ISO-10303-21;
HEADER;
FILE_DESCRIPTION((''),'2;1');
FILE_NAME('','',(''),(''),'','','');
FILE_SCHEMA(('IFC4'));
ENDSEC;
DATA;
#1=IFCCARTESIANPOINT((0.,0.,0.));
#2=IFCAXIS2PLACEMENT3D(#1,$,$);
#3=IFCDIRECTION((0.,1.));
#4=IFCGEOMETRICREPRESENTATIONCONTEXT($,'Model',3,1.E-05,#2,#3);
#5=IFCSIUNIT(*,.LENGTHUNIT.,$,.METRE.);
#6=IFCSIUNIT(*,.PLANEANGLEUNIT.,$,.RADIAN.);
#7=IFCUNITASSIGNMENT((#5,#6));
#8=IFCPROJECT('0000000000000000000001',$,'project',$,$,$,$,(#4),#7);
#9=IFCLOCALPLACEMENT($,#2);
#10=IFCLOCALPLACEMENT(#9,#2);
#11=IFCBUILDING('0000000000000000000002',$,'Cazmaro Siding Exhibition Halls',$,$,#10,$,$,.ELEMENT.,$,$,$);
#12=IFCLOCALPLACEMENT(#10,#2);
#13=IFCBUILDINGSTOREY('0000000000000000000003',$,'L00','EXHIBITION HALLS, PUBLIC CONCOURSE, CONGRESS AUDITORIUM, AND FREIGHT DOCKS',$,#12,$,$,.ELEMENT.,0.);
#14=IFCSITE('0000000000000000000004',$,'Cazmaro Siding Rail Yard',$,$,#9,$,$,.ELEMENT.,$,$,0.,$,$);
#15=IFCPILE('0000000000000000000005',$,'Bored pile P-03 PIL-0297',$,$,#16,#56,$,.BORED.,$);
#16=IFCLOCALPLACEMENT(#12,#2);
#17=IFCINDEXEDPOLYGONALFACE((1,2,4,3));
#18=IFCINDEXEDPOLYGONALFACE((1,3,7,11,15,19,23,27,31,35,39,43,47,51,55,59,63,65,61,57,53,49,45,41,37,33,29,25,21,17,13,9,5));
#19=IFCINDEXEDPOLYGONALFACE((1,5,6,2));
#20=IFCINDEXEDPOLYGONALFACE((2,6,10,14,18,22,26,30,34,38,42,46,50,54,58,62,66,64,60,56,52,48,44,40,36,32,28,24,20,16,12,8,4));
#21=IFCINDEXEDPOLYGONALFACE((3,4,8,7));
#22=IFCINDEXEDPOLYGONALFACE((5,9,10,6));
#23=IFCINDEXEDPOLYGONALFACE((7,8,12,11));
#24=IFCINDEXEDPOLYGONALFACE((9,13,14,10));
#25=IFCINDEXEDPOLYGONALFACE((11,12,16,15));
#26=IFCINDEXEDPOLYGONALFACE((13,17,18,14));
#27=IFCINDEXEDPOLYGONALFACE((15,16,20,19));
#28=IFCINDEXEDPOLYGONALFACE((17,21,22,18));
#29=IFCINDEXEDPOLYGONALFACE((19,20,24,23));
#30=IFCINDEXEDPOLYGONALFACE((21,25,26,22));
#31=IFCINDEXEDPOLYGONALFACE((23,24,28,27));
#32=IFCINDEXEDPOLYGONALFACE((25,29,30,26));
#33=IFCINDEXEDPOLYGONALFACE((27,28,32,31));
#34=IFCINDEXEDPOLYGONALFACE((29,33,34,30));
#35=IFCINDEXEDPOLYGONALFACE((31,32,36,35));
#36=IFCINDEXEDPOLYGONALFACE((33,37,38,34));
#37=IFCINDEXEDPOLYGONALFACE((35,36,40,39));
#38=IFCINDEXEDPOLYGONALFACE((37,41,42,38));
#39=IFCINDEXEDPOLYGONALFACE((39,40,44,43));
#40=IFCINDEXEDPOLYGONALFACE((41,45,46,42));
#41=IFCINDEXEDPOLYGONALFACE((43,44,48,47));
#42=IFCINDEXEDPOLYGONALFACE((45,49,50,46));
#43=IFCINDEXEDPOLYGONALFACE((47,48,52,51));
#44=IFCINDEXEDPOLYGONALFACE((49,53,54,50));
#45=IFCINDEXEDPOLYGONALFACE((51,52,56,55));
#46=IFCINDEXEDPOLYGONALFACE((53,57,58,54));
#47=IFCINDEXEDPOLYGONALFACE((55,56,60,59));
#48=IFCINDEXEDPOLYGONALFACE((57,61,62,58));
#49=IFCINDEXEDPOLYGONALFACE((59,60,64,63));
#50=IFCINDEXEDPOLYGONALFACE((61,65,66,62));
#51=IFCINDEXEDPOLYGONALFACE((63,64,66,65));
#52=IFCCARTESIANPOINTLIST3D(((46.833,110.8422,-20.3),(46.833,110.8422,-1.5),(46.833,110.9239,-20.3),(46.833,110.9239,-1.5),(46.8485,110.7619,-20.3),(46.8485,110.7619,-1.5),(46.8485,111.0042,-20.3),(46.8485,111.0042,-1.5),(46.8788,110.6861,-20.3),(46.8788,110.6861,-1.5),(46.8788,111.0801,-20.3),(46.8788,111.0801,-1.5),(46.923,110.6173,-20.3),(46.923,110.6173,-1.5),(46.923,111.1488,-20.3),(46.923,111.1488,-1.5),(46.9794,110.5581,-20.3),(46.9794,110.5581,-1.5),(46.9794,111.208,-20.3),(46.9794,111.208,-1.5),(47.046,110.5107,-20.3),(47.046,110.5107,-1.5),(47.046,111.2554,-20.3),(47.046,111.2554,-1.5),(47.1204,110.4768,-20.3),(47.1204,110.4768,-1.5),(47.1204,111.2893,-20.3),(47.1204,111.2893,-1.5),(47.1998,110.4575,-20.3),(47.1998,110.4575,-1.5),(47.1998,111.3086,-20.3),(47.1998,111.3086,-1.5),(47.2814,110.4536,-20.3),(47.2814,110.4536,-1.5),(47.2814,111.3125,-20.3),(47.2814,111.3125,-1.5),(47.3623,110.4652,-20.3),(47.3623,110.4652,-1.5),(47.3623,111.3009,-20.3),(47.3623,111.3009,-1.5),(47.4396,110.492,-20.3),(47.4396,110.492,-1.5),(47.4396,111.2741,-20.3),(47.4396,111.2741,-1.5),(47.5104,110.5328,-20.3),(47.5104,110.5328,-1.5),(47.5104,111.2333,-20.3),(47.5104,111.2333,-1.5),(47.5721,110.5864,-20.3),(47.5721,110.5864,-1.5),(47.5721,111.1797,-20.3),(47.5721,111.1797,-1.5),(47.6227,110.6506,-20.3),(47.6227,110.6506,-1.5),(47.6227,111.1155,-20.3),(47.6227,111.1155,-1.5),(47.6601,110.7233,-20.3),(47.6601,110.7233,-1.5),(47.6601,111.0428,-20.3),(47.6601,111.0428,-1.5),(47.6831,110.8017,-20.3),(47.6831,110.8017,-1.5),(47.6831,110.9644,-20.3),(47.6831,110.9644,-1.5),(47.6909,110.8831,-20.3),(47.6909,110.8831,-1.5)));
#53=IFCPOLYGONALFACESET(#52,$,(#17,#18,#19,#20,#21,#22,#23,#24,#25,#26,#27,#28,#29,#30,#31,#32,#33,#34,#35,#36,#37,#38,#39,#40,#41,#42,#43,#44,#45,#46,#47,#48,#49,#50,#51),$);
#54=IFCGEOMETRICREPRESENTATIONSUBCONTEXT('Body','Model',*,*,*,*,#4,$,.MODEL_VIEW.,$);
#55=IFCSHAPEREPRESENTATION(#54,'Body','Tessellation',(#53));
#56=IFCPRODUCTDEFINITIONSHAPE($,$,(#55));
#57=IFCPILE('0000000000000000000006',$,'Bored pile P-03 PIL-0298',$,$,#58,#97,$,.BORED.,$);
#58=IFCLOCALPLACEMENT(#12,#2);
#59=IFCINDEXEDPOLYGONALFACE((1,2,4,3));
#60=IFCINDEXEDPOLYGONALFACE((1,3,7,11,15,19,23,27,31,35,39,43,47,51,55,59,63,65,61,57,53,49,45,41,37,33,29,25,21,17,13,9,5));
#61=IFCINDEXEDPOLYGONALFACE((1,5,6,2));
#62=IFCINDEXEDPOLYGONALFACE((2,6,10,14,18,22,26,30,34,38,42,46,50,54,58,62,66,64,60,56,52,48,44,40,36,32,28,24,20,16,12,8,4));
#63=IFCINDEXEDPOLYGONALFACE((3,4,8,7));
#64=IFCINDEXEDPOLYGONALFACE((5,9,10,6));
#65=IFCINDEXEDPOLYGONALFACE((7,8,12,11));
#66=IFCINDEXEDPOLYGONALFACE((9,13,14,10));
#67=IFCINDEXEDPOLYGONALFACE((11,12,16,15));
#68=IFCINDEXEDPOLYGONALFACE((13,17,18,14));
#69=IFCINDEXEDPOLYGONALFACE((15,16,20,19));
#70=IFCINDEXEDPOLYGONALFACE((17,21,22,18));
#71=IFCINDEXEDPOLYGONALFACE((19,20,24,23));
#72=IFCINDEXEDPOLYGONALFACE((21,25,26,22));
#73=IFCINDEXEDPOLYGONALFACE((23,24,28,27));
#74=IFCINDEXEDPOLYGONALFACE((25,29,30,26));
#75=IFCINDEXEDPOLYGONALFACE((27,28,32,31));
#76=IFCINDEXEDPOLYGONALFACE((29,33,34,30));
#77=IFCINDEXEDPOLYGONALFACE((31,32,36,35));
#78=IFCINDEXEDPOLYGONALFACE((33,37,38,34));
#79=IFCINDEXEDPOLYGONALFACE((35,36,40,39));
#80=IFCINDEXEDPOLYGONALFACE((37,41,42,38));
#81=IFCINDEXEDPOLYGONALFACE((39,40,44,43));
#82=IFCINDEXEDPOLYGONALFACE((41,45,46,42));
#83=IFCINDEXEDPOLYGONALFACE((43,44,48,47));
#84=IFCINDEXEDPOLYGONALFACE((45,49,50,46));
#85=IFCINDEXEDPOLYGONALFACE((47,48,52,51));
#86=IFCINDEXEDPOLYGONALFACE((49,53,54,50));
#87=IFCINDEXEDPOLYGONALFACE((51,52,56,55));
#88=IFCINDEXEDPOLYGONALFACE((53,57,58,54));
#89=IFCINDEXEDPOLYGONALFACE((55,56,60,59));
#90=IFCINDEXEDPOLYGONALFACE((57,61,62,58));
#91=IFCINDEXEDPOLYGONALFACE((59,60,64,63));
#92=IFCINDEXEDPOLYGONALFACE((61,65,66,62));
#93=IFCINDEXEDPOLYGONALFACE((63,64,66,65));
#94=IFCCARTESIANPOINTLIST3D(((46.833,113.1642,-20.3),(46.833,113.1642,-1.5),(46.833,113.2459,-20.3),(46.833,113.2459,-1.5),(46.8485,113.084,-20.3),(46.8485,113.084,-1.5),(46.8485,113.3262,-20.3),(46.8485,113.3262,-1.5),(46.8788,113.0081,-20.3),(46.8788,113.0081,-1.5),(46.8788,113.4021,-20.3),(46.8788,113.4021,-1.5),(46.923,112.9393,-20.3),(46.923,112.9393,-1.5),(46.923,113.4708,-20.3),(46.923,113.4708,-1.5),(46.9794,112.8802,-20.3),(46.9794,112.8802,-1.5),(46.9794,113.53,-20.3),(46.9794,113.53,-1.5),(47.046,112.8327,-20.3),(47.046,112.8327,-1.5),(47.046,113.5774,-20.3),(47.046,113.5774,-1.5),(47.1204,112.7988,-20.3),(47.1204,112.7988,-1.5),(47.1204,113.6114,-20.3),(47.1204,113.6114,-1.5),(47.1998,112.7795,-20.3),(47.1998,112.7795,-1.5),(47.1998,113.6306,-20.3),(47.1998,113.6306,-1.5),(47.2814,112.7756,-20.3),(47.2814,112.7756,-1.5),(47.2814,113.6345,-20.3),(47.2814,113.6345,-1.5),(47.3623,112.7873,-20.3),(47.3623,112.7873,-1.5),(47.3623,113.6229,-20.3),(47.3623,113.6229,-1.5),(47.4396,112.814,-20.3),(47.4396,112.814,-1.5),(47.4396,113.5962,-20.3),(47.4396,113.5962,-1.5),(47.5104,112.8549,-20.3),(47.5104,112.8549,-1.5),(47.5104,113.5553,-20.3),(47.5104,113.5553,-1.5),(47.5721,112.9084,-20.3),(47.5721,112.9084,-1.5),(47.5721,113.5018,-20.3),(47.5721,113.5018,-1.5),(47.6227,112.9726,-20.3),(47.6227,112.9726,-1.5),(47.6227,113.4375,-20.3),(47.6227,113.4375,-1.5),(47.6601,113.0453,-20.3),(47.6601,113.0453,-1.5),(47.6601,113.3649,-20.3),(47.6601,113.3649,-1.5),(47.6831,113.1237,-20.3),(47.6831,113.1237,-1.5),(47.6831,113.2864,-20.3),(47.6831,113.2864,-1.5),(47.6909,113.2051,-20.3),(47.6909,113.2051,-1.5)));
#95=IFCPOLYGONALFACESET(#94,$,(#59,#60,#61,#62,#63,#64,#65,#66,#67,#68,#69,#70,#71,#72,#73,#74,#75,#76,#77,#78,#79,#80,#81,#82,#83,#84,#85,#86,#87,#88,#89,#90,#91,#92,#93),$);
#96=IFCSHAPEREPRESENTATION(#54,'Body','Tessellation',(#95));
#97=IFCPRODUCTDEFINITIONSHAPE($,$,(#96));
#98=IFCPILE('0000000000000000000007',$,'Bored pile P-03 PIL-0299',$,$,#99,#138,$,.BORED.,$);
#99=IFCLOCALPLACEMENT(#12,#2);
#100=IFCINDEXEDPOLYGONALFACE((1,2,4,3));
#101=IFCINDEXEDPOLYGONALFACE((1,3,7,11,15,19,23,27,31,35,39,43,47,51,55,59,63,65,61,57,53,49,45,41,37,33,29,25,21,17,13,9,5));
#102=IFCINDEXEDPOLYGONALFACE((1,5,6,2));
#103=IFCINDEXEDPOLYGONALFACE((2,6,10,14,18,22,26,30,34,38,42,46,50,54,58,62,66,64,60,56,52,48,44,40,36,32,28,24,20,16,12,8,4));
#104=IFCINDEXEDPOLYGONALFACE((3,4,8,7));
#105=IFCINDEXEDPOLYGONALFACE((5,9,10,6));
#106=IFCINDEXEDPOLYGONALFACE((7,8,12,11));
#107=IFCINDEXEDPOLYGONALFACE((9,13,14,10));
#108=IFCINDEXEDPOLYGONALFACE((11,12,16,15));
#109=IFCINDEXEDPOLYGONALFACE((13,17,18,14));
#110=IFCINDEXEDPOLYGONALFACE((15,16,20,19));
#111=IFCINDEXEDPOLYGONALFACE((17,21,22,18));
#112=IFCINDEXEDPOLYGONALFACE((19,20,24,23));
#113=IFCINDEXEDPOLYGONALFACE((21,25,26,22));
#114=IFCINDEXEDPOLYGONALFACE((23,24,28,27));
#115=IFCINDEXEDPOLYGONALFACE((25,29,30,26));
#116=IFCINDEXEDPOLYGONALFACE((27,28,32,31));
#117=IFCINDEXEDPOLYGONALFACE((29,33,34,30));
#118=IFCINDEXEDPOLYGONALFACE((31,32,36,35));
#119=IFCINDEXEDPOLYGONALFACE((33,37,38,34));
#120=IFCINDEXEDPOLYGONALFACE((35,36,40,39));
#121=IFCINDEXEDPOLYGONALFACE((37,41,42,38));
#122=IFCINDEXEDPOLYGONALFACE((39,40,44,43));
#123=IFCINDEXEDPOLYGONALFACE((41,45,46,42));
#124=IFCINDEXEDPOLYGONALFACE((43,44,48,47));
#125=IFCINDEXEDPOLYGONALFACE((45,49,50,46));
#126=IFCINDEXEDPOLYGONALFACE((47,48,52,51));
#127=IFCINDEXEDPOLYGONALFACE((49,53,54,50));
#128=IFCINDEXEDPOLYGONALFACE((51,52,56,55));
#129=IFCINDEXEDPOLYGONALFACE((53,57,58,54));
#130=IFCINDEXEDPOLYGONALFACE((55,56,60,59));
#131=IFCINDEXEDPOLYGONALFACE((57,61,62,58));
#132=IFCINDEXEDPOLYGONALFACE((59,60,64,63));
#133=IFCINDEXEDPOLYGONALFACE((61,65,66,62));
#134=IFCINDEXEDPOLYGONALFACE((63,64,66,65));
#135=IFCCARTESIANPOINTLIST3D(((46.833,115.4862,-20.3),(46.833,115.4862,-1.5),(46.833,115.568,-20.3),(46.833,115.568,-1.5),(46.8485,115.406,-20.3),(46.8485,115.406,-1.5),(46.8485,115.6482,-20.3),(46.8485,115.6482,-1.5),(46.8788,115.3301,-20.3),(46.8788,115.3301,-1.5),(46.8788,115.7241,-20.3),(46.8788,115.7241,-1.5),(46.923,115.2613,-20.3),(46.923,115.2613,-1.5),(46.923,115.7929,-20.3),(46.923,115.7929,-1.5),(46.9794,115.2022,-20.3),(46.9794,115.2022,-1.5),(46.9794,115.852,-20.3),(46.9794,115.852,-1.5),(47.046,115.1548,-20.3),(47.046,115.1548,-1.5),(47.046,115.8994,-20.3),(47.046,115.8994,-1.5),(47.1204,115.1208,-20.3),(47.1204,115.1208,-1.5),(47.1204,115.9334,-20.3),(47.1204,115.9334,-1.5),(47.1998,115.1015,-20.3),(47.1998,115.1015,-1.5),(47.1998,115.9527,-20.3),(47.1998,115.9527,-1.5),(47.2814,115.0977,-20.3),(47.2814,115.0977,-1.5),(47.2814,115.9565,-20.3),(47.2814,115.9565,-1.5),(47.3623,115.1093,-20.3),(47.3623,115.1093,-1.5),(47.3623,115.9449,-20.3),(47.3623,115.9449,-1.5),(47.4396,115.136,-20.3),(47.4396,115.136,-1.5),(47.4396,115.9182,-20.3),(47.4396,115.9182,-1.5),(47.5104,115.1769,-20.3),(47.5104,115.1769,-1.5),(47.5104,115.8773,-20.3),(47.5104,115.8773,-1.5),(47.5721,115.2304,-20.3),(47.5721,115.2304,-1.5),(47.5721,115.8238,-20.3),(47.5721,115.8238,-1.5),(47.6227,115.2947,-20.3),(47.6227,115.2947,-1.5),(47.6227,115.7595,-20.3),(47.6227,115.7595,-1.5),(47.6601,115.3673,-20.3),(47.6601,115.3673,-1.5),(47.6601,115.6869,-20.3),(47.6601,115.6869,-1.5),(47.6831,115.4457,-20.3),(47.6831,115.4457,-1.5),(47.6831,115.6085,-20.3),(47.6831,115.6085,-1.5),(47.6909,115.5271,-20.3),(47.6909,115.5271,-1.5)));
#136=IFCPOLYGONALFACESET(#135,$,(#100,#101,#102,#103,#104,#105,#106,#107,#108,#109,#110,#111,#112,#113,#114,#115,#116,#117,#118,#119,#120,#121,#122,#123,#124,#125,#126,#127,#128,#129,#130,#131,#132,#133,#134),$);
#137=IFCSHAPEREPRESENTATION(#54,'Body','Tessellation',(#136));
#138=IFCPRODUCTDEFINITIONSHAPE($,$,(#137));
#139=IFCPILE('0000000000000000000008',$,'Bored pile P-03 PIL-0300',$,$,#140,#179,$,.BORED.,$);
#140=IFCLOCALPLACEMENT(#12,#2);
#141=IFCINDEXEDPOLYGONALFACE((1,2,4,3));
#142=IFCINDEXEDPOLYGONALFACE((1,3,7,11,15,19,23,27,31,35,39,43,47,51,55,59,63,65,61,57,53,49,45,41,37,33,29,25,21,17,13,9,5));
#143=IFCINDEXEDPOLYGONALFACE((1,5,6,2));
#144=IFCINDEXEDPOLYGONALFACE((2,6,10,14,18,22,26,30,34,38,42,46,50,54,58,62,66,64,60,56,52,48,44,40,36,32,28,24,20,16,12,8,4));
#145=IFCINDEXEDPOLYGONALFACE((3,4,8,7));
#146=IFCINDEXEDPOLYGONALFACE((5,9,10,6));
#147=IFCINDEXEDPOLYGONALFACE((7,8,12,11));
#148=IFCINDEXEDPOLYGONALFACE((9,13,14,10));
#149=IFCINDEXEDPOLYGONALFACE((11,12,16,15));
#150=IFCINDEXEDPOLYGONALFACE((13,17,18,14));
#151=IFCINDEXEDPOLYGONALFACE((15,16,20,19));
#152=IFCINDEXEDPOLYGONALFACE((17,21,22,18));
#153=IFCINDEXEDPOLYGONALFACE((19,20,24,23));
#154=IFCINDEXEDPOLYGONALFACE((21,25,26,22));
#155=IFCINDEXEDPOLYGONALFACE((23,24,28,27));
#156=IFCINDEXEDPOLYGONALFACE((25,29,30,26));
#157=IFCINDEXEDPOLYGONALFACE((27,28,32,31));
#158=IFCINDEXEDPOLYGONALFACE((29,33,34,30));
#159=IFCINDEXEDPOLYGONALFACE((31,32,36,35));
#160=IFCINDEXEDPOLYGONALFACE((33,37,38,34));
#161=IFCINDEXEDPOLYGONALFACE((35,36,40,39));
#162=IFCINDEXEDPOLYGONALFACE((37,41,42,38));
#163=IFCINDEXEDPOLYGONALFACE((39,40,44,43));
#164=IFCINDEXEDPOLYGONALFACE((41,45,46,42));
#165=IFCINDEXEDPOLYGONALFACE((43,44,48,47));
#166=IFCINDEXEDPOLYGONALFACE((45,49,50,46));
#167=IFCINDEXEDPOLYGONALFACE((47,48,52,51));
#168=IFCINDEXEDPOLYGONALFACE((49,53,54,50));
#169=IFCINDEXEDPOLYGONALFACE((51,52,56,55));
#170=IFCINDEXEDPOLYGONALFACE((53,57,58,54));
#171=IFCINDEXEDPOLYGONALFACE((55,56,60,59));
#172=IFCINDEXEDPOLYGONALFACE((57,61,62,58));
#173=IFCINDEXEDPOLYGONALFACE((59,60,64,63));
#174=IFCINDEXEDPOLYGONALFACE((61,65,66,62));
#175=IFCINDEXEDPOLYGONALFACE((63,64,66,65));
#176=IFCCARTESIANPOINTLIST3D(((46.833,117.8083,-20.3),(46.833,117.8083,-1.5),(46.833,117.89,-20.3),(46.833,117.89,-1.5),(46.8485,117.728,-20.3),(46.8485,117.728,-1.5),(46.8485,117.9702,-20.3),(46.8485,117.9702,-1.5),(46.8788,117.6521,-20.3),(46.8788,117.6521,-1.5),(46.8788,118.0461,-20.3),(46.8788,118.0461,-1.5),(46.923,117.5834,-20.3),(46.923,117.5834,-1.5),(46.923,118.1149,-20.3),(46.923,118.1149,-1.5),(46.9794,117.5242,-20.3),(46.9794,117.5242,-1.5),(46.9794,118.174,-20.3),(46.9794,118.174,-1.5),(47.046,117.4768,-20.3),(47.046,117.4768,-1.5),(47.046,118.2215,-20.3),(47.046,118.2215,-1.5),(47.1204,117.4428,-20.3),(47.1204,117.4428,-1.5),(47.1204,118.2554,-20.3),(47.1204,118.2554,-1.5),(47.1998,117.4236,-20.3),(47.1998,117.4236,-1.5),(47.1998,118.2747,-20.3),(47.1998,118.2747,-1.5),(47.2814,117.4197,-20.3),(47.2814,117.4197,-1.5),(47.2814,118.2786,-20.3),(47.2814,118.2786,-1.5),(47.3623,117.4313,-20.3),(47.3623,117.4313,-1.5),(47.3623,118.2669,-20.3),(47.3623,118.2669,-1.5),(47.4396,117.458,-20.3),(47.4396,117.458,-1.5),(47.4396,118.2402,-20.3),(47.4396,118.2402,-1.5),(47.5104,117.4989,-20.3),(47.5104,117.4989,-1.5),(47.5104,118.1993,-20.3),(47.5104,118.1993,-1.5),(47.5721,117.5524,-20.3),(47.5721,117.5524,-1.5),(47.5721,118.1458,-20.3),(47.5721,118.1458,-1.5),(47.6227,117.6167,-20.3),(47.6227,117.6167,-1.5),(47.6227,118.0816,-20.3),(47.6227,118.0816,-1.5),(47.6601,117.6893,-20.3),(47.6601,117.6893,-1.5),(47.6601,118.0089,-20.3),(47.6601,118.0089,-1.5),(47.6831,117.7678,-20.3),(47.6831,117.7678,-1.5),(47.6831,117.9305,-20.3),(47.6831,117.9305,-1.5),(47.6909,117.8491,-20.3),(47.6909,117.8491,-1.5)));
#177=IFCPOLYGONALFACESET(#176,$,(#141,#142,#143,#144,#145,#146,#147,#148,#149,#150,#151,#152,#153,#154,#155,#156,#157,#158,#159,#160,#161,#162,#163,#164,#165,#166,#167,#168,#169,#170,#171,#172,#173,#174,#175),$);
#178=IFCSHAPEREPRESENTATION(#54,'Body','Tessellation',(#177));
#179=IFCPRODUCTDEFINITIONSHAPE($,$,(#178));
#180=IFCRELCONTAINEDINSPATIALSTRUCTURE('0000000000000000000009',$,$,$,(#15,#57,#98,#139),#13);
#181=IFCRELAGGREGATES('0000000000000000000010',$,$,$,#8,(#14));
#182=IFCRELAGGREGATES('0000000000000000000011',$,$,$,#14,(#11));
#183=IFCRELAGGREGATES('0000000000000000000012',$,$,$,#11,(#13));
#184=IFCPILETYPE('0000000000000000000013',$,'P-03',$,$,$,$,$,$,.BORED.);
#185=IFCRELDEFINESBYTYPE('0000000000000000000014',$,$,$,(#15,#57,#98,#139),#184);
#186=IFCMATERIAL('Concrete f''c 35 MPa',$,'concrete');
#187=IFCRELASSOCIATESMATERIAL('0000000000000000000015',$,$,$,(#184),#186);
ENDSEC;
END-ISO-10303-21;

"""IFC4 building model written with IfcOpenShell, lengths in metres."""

from ifc_helpers import new_model, si_unit, direction, frame, origin, origin_2d, place, context, subcontext, project, spatial, circle, extrude, material, material_profile, profile_set, type_object, element, save


model = new_model("IFC4")

# Units and contexts
model_context = context("Model", 3, precision=1e-05, world=origin(), true_north=direction((0.0, 1.0)))
body_context = subcontext(model_context, "Body", "Model", "MODEL_VIEW")
ifc_project = project(units=[si_unit("LENGTHUNIT", "METRE"), si_unit("PLANEANGLEUNIT", "RADIAN")], contexts=[model_context])

# Site, building, storey
site_placement = place(None, origin())
site = spatial("IfcSite", under=ifc_project, at=site_placement, Name="Cazmaro Siding Rail Yard", CompositionType="ELEMENT", RefElevation=0.0)
building_placement = place(site_placement, origin())
building = spatial("IfcBuilding", under=site, at=building_placement, Name="Cazmaro Siding Exhibition Halls", CompositionType="ELEMENT")
storey_placement = place(building_placement, origin())
storey = spatial("IfcBuildingStorey", under=building, at=storey_placement, Name="L00", Description="EXHIBITION HALLS, PUBLIC CONCOURSE, CONGRESS AUDITORIUM, AND FREIGHT DOCKS", CompositionType="ELEMENT", Elevation=0.0)

# Piles
ifc_material_1 = material(Name="Concrete f'c 35 MPa", Category="concrete")
ifc_material_profile_1 = material_profile(ifc_material_1, circle(Radius=0.4299, at=origin_2d()), Name="CIDH-860")
ifc_profile_set_1 = profile_set([ifc_material_profile_1], Name="Concrete f'c 35 MPa")
pile_type_1 = type_object("IfcPileType", Name="P-03", PredefinedType="BORED", material=ifc_profile_set_1)
for number, where, z_axis, x_axis, name in (
    (1, (47.261, 110.8831, -1.5), (0.0, 0.0, -1.0), (1.0, 0.0, 0.0), "Bored pile P-03 PIL-0297"),
    (2, (47.261, 113.2051, -1.5), (0.0, 0.0, -1.0), (1.0, 0.0, 0.0), "Bored pile P-03 PIL-0298"),
    (3, (47.261, 115.5271, -1.5), (0.0, 0.0, -1.0), (1.0, 0.0, 0.0), "Bored pile P-03 PIL-0299"),
    (4, (47.261, 117.8491, -1.5), (0.0, 0.0, -1.0), (1.0, 0.0, 0.0), "Bored pile P-03 PIL-0300"),
):
    element("IfcPile", number, at=place(storey_placement, frame(where, z_axis=z_axis, x_axis=x_axis)), inside=storey, type_object=pile_type_1, Name=name, PredefinedType="BORED", context=body_context, shape_type="SweptSolid", body=[
        extrude(circle(Radius=0.4299, at=origin_2d()), origin(), (0.0, 0.0, 1.0), 18.8),
    ])

save(model, "model.ifc")
